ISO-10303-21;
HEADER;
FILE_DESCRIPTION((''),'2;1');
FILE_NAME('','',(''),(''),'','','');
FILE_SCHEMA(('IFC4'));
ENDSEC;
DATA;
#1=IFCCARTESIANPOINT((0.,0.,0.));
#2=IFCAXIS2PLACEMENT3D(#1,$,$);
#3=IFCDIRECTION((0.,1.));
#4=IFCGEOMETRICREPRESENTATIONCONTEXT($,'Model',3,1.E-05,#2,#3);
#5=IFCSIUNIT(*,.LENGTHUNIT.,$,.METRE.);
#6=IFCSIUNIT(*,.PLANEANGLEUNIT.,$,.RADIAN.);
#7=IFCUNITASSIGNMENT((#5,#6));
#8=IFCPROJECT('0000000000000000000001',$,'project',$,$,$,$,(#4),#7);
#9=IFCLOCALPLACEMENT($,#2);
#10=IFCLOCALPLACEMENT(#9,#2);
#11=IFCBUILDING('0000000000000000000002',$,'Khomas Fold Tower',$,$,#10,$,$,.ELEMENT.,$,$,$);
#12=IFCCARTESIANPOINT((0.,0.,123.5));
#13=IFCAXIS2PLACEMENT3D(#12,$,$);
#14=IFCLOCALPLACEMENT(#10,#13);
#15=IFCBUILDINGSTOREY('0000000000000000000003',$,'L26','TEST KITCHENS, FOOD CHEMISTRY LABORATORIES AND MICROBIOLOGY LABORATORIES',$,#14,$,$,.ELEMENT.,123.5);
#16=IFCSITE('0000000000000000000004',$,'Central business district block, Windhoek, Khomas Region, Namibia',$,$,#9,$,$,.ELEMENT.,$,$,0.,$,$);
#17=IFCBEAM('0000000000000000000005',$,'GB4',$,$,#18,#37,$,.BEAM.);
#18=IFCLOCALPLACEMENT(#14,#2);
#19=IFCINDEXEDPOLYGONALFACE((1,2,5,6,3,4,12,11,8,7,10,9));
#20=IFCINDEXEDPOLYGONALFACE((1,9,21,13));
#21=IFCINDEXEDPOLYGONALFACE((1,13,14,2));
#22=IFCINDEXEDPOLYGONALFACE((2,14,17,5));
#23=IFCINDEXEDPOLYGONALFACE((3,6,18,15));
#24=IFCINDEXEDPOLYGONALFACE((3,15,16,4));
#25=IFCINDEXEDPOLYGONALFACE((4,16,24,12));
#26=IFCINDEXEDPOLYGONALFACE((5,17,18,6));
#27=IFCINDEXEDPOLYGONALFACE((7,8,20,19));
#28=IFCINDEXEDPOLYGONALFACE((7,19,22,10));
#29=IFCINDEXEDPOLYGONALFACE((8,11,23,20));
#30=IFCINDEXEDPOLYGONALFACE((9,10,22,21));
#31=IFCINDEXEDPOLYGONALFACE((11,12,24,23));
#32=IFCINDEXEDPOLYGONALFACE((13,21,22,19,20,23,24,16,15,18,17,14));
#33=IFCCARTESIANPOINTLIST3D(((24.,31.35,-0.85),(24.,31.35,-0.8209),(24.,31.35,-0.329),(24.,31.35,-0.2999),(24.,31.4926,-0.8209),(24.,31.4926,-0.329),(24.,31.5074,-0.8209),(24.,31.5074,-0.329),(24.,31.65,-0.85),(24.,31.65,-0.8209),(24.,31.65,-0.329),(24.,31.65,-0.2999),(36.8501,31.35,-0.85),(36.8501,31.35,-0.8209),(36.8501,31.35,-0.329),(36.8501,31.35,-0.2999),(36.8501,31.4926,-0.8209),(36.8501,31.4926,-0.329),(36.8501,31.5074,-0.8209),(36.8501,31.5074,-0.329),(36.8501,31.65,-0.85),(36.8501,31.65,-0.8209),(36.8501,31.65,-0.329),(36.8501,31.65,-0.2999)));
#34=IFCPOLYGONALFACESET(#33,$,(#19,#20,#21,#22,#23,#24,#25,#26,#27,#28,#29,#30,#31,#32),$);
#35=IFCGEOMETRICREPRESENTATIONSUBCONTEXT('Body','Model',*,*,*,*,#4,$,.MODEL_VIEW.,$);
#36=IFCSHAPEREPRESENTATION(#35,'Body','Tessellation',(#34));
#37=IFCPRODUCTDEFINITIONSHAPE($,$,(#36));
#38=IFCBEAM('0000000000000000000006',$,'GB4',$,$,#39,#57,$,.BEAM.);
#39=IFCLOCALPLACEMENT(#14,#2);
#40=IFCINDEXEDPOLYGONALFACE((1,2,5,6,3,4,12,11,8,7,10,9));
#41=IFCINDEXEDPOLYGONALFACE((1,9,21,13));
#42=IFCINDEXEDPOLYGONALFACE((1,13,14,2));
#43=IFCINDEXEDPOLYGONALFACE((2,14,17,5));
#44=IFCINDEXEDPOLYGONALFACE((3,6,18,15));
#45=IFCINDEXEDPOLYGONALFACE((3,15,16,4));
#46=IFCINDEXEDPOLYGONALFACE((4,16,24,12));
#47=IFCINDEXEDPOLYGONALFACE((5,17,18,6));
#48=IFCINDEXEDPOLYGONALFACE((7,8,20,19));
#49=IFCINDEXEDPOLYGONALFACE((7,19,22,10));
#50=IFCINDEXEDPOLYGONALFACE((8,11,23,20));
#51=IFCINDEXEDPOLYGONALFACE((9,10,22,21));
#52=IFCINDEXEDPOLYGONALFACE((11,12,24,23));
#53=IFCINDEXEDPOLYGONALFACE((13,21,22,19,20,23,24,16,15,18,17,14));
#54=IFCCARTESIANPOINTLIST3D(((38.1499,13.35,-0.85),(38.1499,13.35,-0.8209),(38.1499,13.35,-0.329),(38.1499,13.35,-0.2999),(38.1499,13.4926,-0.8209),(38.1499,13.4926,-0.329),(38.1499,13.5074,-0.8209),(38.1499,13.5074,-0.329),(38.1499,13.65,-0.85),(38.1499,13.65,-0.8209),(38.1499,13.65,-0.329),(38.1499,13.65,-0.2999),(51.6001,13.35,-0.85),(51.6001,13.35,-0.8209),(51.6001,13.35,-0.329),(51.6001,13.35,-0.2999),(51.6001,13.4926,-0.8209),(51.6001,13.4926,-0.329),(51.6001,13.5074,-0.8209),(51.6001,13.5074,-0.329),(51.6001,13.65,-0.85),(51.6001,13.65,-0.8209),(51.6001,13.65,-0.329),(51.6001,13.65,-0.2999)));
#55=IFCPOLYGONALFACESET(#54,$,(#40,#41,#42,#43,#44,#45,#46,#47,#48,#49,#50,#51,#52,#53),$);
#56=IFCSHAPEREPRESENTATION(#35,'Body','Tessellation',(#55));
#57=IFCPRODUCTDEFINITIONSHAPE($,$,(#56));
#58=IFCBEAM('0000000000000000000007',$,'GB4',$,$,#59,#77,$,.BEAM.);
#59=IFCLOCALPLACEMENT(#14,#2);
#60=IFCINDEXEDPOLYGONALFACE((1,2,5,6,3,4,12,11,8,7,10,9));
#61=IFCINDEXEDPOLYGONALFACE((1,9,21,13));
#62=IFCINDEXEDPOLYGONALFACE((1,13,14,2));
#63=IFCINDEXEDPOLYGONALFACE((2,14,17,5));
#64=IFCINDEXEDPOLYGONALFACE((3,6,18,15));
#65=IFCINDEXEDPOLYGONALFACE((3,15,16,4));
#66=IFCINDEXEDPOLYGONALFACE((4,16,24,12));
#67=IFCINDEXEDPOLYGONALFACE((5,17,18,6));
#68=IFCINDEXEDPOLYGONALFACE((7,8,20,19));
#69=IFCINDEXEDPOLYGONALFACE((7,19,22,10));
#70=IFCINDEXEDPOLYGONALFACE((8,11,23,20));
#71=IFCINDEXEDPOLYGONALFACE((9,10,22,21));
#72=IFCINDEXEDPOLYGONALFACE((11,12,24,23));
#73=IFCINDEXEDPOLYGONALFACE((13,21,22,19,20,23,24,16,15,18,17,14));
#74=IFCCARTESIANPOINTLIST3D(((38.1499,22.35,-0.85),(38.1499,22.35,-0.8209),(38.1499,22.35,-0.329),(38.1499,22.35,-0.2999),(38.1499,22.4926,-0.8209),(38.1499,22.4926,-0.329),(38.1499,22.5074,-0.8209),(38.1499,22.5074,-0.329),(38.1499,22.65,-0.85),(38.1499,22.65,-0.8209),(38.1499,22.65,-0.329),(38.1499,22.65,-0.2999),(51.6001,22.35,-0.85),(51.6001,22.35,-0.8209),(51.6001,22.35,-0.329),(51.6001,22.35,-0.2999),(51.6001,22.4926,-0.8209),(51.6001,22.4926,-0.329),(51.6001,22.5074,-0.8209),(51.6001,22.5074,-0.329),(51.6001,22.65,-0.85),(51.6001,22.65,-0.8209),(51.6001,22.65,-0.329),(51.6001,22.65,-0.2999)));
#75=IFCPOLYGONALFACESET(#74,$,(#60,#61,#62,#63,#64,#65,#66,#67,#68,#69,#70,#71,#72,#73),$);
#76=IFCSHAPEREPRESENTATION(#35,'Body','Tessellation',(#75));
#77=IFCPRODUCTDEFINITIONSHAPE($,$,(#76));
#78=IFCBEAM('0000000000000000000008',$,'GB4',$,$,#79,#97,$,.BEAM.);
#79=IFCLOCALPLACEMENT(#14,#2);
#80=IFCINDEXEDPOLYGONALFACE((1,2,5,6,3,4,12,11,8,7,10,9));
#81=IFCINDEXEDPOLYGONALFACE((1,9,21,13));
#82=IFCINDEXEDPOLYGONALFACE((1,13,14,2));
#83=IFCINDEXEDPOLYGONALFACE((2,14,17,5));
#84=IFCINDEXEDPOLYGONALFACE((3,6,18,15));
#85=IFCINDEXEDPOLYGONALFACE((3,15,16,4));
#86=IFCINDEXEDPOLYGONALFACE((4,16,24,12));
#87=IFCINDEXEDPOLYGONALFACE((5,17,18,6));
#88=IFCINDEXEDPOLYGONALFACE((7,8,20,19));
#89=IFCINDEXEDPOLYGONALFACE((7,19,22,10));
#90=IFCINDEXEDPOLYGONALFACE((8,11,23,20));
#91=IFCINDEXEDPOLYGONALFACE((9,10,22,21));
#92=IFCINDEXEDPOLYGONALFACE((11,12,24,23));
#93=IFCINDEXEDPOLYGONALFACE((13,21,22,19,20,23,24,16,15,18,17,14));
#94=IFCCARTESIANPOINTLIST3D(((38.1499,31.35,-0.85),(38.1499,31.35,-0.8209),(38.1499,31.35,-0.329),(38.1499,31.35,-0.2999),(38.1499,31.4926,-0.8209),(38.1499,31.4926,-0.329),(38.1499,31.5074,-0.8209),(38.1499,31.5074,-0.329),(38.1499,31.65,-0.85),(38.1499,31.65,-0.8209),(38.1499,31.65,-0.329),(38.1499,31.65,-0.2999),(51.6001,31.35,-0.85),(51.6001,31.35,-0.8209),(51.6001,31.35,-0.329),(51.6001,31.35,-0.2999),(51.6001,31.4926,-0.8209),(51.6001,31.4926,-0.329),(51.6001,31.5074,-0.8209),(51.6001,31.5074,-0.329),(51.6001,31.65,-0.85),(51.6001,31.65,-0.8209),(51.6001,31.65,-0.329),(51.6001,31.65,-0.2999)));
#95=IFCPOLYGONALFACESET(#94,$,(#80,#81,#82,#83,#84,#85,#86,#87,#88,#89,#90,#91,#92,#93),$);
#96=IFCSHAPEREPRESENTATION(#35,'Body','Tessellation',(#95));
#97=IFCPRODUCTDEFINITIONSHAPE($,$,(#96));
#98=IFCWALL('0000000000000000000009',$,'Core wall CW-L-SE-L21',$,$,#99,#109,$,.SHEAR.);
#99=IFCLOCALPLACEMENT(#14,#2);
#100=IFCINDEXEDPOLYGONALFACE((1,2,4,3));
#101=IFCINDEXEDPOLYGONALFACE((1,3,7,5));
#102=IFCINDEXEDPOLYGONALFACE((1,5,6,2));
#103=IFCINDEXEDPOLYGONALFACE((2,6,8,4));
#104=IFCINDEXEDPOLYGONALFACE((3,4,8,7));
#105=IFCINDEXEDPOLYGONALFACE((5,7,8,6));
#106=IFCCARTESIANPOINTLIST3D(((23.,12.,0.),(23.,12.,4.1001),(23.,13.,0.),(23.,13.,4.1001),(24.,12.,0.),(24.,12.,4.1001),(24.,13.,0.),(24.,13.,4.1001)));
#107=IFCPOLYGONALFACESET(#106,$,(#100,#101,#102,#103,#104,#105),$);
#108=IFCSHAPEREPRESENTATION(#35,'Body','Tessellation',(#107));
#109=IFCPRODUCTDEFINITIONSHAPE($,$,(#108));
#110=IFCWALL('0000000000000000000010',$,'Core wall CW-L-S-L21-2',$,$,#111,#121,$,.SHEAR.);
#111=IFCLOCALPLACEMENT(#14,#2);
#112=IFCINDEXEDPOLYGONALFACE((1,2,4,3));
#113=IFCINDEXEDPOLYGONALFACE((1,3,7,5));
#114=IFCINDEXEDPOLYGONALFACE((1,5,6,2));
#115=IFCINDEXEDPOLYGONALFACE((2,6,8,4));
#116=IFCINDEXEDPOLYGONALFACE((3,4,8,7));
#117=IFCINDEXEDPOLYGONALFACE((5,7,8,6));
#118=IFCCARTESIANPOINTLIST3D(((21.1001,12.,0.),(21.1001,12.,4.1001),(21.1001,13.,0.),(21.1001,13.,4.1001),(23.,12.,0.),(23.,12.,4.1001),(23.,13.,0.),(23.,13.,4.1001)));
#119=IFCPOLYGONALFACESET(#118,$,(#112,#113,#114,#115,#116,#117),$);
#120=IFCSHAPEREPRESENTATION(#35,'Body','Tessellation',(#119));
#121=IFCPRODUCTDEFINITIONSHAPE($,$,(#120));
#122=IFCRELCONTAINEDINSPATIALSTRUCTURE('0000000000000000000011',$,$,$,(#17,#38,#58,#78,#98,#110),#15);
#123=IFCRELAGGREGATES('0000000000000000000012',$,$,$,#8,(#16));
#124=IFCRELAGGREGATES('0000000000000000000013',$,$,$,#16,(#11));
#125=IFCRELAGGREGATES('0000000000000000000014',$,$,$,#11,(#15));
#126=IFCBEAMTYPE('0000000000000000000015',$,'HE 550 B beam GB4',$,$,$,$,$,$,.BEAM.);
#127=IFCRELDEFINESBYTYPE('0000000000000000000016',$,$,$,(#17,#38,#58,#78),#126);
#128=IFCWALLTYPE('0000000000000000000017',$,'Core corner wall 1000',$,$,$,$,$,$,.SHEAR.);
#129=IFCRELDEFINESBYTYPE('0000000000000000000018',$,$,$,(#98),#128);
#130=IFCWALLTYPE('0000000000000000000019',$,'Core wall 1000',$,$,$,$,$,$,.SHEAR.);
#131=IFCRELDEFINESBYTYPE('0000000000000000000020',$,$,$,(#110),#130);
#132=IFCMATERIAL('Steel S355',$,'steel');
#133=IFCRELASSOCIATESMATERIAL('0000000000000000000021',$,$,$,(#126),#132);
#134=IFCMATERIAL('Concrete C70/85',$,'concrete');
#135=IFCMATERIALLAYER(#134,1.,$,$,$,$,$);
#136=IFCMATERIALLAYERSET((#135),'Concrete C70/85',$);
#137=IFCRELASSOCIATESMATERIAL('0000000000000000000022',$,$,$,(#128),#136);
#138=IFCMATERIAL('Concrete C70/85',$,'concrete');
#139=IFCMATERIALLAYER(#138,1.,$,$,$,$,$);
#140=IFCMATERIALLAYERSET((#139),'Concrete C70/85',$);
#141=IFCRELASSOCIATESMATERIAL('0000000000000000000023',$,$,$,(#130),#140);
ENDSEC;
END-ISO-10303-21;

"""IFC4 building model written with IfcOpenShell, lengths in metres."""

from ifc_helpers import new_model, si_unit, direction, frame, frame_2d, origin, origin_2d, place, context, subcontext, project, spatial, rectangle, i_section, extrude, source, transform, mapped, material, layer, layer_set, material_profile, profile_set, type_object, element, save


model = new_model("IFC4")

# Units and contexts
model_context = context("Model", 3, precision=1e-05, world=origin(), true_north=direction((0.0, 1.0)))
body_context = subcontext(model_context, "Body", "Model", "MODEL_VIEW")
ifc_project = project(units=[si_unit("LENGTHUNIT", "METRE"), si_unit("PLANEANGLEUNIT", "RADIAN")], contexts=[model_context])

# Site, building, storey
site_placement = place(None, origin())
site = spatial("IfcSite", under=ifc_project, at=site_placement, Name="Central business district block, Windhoek, Khomas Region, Namibia", CompositionType="ELEMENT", RefElevation=0.0)
building_placement = place(site_placement, origin())
building = spatial("IfcBuilding", under=site, at=building_placement, Name="Khomas Fold Tower", CompositionType="ELEMENT")
storey_placement = place(building_placement, frame((0.0, 0.0, 123.5)))
storey = spatial("IfcBuildingStorey", under=building, at=storey_placement, Name="L26", Description="TEST KITCHENS, FOOD CHEMISTRY LABORATORIES AND MICROBIOLOGY LABORATORIES", CompositionType="ELEMENT", Elevation=123.5)

# Beams
ifc_material_1 = material(Name="Steel S355", Category="steel")
ifc_material_profile_1 = material_profile(ifc_material_1, i_section(OverallWidth=0.3, OverallDepth=0.55, WebThickness=0.0149, FlangeThickness=0.0291, at=origin_2d()), Name="HE 550 B")
ifc_profile_set_1 = profile_set([ifc_material_profile_1], Name="Steel S355")
beam_type_1 = type_object("IfcBeamType", Name="HE 550 B beam GB4", PredefinedType="BEAM", material=ifc_profile_set_1)
shared_shape_1 = source(origin(), body_context, "Body", "SweptSolid", [
    extrude(i_section(OverallWidth=0.3, OverallDepth=0.55, WebThickness=0.0149, FlangeThickness=0.0291, at=origin_2d()), origin(), (0.0, 0.0, 1.0), 12.8501),
])
for number, where, z_axis, x_axis, name in (
    (1, (24.0, 31.5, -0.575), (1.0, 0.0, 0.0), (0.0, 1.0, 0.0), "GB4"),
):
    element("IfcBeam", number, at=place(storey_placement, frame(where, z_axis=z_axis, x_axis=x_axis)), inside=storey, type_object=beam_type_1, Name=name, PredefinedType="BEAM", context=body_context, shape_type="MappedRepresentation", body=[
        mapped(shared_shape_1, transform((0.0, 0.0, 0.0))),
    ])
shared_shape_2 = source(origin(), body_context, "Body", "SweptSolid", [
    extrude(i_section(OverallWidth=0.3, OverallDepth=0.55, WebThickness=0.0149, FlangeThickness=0.0291, at=origin_2d()), origin(), (0.0, 0.0, 1.0), 13.4502),
])
for number, where, z_axis, x_axis, name in (
    (2, (38.1499, 13.5, -0.575), (1.0, 0.0, 0.0), (0.0, 1.0, 0.0), "GB4"),
    (3, (38.1499, 22.5, -0.575), (1.0, 0.0, 0.0), (0.0, 1.0, 0.0), "GB4"),
    (4, (38.1499, 31.5, -0.575), (1.0, 0.0, 0.0), (0.0, 1.0, 0.0), "GB4"),
):
    element("IfcBeam", number, at=place(storey_placement, frame(where, z_axis=z_axis, x_axis=x_axis)), inside=storey, type_object=beam_type_1, Name=name, PredefinedType="BEAM", context=body_context, shape_type="MappedRepresentation", body=[
        mapped(shared_shape_2, transform((0.0, 0.0, 0.0))),
    ])

# Walls
ifc_material_2 = material(Name="Concrete C70/85", Category="concrete")
ifc_layer_1 = layer(ifc_material_2, 1.0)
ifc_layer_set_1 = layer_set([ifc_layer_1], Name="Concrete C70/85")
wall_type_1 = type_object("IfcWallType", Name="Core corner wall 1000", PredefinedType="SHEAR", material=ifc_layer_set_1)
shared_shape_3 = source(origin(), body_context, "Body", "SweptSolid", [
    extrude(rectangle(XDim=1.0, YDim=1.0, at=frame_2d((0.5, 0.0))), origin(), (0.0, 0.0, 1.0), 4.1001),
])
wall_1_placement = place(storey_placement, frame((23.0, 12.5, 0.0), z_axis=(0.0, 0.0, 1.0), x_axis=(1.0, 0.0, 0.0)))
element("IfcWall", 5, at=wall_1_placement, inside=storey, type_object=wall_type_1, Name="Core wall CW-L-SE-L21", PredefinedType="SHEAR", context=body_context, shape_type="MappedRepresentation", body=[
    mapped(shared_shape_3, transform((0.0, 0.0, 0.0))),
])
ifc_material_3 = material(Name="Concrete C70/85", Category="concrete")
ifc_layer_2 = layer(ifc_material_3, 1.0)
ifc_layer_set_2 = layer_set([ifc_layer_2], Name="Concrete C70/85")
wall_type_2 = type_object("IfcWallType", Name="Core wall 1000", PredefinedType="SHEAR", material=ifc_layer_set_2)
shared_shape_4 = source(origin(), body_context, "Body", "SweptSolid", [
    extrude(rectangle(XDim=1.8999, YDim=1.0, at=frame_2d((0.95, 0.0))), origin(), (0.0, 0.0, 1.0), 4.1001),
])
wall_2_placement = place(storey_placement, frame((21.1001, 12.5, 0.0), z_axis=(0.0, 0.0, 1.0), x_axis=(1.0, 0.0, 0.0)))
element("IfcWall", 6, at=wall_2_placement, inside=storey, type_object=wall_type_2, Name="Core wall CW-L-S-L21-2", PredefinedType="SHEAR", context=body_context, shape_type="MappedRepresentation", body=[
    mapped(shared_shape_4, transform((0.0, 0.0, 0.0))),
])

save(model, "model.ifc")
